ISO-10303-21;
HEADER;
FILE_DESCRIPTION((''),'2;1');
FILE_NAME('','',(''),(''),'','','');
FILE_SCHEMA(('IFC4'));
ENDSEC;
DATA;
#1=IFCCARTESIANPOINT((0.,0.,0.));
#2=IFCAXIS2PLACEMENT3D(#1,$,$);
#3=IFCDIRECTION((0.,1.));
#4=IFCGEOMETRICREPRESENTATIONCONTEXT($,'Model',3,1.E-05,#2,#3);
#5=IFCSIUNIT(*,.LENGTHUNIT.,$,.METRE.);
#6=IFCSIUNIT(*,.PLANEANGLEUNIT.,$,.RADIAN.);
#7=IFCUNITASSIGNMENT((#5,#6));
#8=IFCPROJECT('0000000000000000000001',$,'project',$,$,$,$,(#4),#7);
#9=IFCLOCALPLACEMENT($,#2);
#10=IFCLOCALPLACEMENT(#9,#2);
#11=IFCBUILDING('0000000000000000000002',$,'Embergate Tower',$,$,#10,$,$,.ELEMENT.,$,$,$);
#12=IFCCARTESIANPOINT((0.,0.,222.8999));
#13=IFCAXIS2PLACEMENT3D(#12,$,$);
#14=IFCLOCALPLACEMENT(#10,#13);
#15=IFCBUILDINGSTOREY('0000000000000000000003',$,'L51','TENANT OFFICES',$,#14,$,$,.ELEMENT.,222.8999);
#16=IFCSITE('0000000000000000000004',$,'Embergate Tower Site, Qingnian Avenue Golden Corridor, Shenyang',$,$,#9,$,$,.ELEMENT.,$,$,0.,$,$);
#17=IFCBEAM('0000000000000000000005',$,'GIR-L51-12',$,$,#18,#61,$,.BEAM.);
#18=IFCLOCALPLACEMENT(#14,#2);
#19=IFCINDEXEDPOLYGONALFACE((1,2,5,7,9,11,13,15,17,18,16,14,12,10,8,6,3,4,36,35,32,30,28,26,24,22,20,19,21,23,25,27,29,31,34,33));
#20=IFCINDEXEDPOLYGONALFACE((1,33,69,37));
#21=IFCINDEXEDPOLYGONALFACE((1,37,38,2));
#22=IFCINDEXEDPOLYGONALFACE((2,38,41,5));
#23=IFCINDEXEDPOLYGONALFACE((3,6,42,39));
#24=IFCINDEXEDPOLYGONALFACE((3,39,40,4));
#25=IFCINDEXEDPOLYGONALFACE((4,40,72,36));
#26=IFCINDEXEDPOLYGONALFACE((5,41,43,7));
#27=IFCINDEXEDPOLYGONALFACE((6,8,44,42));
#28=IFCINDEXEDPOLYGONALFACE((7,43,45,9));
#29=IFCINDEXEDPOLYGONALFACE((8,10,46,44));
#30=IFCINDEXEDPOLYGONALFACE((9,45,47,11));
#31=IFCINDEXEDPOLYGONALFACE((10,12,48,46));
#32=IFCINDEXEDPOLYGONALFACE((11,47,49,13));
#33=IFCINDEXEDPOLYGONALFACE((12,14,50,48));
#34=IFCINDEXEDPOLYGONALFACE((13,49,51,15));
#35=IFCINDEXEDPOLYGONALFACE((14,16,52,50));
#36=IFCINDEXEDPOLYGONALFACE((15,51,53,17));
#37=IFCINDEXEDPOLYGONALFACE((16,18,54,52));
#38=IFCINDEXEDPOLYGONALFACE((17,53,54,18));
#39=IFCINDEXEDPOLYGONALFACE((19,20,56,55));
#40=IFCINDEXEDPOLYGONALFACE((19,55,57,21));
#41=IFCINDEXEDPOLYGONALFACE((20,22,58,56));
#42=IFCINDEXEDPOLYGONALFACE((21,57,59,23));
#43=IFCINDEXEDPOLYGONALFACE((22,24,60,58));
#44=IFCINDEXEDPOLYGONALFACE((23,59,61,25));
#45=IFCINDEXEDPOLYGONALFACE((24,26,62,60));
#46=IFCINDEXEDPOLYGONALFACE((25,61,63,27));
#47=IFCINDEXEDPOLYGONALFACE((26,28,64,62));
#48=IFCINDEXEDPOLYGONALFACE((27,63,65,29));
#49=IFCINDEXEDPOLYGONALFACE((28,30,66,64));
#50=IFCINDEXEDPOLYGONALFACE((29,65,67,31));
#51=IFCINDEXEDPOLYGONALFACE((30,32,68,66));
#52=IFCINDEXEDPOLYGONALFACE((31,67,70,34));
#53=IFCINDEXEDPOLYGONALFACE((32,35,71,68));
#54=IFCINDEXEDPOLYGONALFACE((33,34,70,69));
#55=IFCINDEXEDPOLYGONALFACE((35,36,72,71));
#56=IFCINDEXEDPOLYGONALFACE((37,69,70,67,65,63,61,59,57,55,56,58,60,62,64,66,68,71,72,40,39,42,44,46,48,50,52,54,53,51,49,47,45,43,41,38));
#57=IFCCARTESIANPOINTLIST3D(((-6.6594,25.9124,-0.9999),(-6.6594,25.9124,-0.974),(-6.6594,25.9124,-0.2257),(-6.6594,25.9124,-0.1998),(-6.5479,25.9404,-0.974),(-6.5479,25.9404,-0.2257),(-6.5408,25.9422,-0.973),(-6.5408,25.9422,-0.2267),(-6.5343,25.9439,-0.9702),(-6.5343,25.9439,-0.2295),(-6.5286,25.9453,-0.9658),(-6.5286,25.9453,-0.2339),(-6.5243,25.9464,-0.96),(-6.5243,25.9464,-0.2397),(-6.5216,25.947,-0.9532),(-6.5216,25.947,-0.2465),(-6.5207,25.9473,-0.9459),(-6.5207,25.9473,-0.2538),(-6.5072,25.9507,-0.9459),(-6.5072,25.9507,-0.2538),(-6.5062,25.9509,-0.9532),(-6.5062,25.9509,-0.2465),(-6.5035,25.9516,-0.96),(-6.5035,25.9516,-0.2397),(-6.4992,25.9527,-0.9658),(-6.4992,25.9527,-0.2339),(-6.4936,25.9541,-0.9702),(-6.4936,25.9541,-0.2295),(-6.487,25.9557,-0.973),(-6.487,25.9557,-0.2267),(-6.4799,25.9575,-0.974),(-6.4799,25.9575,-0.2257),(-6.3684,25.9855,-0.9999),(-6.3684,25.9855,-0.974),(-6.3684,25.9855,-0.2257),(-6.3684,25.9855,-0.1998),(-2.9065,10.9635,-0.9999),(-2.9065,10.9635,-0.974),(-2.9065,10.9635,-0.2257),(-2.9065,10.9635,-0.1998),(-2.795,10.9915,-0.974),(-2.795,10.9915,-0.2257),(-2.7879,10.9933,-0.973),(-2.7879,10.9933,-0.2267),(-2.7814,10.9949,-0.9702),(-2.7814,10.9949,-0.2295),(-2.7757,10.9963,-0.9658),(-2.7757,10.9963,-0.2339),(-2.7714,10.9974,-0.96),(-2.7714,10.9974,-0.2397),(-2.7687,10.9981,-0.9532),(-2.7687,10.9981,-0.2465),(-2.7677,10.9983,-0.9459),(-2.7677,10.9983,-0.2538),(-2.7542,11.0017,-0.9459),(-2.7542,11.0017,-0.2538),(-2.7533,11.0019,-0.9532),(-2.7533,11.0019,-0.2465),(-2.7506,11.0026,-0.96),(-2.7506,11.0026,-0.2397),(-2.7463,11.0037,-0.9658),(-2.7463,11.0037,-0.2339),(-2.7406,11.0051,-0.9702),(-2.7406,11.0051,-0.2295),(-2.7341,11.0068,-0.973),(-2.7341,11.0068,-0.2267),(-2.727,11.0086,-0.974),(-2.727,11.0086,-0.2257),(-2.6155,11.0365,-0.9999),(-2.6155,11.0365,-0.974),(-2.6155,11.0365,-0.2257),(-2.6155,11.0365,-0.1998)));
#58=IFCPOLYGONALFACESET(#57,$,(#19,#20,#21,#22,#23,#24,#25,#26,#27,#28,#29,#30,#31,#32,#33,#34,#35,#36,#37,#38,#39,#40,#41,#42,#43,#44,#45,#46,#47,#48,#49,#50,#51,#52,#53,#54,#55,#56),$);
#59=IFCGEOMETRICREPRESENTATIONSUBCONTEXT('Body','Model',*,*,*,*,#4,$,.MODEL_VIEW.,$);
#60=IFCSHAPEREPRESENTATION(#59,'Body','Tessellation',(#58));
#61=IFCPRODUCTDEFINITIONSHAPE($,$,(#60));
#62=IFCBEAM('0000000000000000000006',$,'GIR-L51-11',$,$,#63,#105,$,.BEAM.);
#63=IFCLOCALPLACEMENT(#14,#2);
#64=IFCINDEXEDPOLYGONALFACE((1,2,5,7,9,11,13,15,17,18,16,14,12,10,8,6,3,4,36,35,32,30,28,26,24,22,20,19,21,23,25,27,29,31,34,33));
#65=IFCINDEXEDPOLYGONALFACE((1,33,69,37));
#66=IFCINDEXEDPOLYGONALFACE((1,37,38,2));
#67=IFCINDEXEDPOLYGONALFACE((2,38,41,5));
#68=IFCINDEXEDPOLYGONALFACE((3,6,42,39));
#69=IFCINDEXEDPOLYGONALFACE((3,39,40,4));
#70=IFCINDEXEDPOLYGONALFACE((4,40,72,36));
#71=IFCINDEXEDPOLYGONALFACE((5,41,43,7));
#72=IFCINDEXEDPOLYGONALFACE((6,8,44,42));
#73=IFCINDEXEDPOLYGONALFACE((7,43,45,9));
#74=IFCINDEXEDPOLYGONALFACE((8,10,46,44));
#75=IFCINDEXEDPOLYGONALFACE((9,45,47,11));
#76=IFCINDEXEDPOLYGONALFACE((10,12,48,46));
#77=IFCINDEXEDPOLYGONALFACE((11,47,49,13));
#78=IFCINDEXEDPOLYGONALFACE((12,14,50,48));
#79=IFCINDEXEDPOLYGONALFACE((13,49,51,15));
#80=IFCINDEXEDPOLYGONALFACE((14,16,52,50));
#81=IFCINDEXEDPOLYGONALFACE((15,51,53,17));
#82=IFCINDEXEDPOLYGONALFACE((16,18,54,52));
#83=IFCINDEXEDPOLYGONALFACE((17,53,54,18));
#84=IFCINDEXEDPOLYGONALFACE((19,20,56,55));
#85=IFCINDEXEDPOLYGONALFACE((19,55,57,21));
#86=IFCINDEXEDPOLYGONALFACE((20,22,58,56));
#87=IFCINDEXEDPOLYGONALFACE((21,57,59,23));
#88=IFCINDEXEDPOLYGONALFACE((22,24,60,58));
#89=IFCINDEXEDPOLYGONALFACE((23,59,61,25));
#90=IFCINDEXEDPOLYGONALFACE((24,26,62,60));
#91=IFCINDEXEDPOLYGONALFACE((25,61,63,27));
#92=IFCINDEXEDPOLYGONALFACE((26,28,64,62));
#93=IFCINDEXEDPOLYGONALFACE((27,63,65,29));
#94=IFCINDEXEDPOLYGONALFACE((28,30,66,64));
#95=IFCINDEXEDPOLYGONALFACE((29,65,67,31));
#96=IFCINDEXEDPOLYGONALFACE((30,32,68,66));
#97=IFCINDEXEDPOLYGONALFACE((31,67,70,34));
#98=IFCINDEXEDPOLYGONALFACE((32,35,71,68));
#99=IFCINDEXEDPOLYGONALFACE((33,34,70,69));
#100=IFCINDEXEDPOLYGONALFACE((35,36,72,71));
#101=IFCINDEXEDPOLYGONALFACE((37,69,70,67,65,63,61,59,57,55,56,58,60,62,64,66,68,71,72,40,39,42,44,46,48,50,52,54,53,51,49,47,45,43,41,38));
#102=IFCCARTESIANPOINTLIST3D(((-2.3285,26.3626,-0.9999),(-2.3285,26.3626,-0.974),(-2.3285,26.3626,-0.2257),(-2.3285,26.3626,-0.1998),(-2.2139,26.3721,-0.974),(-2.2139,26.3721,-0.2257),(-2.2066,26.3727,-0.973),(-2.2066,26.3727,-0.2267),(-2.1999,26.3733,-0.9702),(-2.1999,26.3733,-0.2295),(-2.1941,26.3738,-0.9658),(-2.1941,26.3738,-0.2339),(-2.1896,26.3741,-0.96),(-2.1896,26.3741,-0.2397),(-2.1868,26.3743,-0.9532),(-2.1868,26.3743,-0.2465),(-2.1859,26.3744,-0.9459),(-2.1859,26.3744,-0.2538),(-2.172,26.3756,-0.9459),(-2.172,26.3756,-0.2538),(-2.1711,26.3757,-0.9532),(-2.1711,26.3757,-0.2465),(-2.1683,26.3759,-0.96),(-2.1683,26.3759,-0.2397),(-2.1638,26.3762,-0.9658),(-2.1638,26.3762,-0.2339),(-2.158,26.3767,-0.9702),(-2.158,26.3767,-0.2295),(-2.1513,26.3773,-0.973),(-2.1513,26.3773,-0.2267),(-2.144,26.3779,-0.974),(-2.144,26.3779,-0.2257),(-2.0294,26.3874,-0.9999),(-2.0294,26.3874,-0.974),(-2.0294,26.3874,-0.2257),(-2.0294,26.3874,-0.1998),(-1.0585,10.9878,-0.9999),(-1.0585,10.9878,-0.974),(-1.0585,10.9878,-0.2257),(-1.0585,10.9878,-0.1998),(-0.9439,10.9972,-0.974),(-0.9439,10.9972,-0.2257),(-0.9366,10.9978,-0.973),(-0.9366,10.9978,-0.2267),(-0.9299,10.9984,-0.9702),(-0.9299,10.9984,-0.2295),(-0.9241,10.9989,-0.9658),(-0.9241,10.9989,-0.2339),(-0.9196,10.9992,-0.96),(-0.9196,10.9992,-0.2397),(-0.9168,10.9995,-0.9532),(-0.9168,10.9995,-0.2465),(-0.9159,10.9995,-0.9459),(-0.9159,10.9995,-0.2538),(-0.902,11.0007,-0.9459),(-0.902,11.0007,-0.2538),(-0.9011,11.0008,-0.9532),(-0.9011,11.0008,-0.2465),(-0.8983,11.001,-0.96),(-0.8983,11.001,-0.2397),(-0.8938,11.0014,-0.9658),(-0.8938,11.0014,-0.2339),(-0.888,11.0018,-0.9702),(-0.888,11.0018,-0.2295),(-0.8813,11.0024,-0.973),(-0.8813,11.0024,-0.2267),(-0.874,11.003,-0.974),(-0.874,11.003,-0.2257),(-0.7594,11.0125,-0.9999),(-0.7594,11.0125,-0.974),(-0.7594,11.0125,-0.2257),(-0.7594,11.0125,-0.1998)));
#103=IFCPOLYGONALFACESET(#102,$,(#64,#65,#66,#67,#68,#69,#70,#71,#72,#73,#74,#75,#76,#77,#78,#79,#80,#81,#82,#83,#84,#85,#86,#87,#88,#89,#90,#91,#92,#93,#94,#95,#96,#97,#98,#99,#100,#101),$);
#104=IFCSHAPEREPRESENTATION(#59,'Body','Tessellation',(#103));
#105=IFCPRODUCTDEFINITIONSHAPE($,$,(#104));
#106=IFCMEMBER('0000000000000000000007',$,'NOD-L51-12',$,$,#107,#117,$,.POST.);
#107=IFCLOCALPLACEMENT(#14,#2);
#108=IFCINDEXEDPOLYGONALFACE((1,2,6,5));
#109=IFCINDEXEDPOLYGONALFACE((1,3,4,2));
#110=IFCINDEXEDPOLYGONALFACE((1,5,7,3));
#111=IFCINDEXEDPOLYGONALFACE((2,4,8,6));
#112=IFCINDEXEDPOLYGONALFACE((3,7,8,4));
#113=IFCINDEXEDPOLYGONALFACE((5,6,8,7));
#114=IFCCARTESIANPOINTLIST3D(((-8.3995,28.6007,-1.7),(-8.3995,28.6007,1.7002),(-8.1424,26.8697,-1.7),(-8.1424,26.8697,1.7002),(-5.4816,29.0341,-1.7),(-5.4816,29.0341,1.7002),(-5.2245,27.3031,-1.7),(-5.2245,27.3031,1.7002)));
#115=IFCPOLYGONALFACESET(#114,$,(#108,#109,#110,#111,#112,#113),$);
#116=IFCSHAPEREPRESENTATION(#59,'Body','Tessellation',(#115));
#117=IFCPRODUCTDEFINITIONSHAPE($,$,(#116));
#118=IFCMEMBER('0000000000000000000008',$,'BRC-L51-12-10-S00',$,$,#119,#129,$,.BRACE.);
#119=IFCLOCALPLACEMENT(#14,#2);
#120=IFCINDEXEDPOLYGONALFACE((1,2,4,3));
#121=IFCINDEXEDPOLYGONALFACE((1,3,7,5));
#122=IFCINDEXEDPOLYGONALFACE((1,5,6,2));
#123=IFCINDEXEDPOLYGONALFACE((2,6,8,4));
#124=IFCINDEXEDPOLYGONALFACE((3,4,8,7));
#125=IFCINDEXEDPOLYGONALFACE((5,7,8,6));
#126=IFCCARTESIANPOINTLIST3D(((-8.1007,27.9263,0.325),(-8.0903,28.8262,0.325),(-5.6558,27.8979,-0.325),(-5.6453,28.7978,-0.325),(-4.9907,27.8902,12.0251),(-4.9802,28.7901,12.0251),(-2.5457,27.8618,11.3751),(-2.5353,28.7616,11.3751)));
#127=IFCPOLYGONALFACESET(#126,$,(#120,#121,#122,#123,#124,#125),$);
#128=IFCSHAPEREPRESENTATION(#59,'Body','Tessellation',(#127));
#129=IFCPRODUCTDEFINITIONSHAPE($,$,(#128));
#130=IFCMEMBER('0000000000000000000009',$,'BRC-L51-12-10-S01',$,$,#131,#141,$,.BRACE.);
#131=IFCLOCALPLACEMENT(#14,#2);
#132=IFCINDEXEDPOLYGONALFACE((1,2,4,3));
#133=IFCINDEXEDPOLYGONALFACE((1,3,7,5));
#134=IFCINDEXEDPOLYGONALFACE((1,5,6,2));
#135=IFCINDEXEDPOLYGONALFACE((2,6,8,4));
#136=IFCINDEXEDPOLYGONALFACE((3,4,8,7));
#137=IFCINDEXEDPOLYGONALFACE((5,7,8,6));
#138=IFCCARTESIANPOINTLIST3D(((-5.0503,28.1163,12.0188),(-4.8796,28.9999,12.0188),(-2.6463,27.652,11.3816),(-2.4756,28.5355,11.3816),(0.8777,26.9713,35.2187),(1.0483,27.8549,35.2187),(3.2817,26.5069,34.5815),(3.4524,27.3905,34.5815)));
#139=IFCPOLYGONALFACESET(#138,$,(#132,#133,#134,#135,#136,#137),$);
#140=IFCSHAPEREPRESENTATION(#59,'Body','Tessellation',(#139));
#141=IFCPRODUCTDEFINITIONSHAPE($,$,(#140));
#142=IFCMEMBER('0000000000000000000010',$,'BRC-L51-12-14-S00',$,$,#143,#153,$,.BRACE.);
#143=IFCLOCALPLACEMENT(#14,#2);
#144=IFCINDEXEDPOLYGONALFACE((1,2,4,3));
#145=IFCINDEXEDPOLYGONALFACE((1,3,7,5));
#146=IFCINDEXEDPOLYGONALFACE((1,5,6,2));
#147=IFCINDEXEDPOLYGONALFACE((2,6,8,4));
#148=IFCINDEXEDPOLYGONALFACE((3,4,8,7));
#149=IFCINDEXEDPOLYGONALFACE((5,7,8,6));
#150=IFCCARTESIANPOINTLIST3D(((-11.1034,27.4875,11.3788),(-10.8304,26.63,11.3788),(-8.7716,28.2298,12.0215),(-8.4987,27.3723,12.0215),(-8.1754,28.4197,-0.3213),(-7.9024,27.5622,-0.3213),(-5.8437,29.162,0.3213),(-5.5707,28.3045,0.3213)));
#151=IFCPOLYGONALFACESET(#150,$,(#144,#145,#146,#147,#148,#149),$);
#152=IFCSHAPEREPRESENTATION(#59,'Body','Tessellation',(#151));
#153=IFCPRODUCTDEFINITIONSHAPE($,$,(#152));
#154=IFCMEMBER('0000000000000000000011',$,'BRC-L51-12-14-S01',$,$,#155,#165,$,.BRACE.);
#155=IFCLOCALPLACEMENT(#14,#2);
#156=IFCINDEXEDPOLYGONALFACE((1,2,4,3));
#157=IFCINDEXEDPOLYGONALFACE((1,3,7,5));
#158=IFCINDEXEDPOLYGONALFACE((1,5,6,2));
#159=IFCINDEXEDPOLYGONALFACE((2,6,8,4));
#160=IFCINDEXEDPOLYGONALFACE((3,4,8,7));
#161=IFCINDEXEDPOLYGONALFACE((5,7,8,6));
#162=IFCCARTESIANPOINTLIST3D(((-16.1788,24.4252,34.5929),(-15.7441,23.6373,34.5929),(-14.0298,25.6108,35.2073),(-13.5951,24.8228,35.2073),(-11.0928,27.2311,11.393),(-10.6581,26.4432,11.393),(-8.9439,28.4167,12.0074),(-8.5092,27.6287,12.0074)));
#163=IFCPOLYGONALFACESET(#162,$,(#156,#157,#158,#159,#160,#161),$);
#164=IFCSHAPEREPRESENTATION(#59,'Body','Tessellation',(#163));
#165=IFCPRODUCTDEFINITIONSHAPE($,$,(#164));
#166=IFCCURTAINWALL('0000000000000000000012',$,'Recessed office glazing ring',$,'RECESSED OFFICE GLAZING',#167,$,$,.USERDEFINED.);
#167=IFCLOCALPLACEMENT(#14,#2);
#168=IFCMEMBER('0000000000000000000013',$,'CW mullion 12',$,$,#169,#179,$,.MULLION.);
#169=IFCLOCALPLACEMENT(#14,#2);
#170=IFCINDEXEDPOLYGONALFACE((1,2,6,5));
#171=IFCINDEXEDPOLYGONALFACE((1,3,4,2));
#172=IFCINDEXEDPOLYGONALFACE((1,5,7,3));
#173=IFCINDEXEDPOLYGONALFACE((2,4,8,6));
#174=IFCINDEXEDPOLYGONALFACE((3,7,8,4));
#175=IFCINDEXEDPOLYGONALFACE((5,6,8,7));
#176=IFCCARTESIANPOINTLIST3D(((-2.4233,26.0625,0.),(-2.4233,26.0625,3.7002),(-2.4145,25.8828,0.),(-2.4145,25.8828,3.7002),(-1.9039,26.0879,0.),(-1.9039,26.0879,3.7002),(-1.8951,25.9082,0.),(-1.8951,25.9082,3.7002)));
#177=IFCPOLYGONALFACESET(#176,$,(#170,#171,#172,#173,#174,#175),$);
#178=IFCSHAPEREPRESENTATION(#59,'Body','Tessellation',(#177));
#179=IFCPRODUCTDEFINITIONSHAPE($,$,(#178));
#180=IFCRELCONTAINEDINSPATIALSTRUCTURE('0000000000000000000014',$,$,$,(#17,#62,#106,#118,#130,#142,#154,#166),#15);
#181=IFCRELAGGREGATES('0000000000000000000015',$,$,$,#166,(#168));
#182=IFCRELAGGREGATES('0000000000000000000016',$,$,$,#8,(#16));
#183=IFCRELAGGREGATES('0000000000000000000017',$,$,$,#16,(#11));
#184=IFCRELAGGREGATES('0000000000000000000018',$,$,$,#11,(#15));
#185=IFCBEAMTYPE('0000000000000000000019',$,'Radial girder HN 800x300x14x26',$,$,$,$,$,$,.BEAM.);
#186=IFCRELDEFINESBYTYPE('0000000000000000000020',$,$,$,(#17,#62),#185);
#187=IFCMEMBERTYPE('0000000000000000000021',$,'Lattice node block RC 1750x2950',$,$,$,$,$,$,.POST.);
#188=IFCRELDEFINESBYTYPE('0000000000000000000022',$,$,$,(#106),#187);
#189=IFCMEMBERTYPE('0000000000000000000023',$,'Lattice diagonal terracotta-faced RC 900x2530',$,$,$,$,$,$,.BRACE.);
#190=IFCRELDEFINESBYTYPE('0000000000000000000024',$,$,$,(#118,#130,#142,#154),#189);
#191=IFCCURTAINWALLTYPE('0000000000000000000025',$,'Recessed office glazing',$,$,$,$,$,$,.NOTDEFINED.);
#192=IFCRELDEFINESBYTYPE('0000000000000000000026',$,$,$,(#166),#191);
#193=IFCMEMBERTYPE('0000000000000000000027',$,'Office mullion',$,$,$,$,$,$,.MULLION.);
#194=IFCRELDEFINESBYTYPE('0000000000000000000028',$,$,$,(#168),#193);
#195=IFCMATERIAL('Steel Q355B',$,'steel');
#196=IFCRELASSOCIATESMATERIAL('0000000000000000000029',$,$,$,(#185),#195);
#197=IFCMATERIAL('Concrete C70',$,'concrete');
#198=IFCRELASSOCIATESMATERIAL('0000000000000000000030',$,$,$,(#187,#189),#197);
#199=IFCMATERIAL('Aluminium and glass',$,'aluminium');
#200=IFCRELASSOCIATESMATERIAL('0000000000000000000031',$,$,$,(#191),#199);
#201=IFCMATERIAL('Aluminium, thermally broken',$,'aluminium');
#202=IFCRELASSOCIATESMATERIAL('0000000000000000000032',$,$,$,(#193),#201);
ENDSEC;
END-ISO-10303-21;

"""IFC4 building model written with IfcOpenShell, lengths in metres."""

from ifc_helpers import new_model, si_unit, direction, frame, origin, origin_2d, place, context, subcontext, project, spatial, rectangle, i_section, extrude, source, transform, mapped, material, material_profile, profile_set, type_object, element, aggregate, save


model = new_model("IFC4")

# Units and contexts
model_context = context("Model", 3, precision=1e-05, world=origin(), true_north=direction((0.0, 1.0)))
body_context = subcontext(model_context, "Body", "Model", "MODEL_VIEW")
ifc_project = project(units=[si_unit("LENGTHUNIT", "METRE"), si_unit("PLANEANGLEUNIT", "RADIAN")], contexts=[model_context])

# Site, building, storey
site_placement = place(None, origin())
site = spatial("IfcSite", under=ifc_project, at=site_placement, Name="Embergate Tower Site, Qingnian Avenue Golden Corridor, Shenyang", CompositionType="ELEMENT", RefElevation=0.0)
building_placement = place(site_placement, origin())
building = spatial("IfcBuilding", under=site, at=building_placement, Name="Embergate Tower", CompositionType="ELEMENT")
storey_placement = place(building_placement, frame((0.0, 0.0, 222.8999)))
storey = spatial("IfcBuildingStorey", under=building, at=storey_placement, Name="L51", Description="TENANT OFFICES", CompositionType="ELEMENT", Elevation=222.8999)

# Beams
ifc_material_1 = material(Name="Steel Q355B", Category="steel")
ifc_material_profile_1 = material_profile(ifc_material_1, i_section(OverallWidth=0.3, OverallDepth=0.8, WebThickness=0.0139, FlangeThickness=0.0259, FilletRadius=0.0281, at=origin_2d()), Name="HN 800x300x14x26")
ifc_profile_set_1 = profile_set([ifc_material_profile_1], Name="Steel Q355 grade B")
beam_type_1 = type_object("IfcBeamType", Name="Radial girder HN 800x300x14x26", PredefinedType="BEAM", material=ifc_profile_set_1)
shared_shape_1 = source(origin(), body_context, "Body", "SweptSolid", [
    extrude(i_section(OverallWidth=0.3, OverallDepth=0.8, WebThickness=0.0139, FlangeThickness=0.0259, FilletRadius=0.0281, at=origin_2d()), origin(), (0.0, 0.0, 1.0), 15.4128),
])
beam_1_placement = place(storey_placement, frame((-6.5139, 25.949, -0.5999), z_axis=(0.243493, -0.969903, 0.0), x_axis=(0.969903, 0.243493, 0.0)))
element("IfcBeam", 1, at=beam_1_placement, inside=storey, type_object=beam_type_1, Name="GIR-L51-12", PredefinedType="BEAM", context=body_context, shape_type="MappedRepresentation", body=[
    mapped(shared_shape_1, transform((0.0, 0.0, 0.0))),
])
shared_shape_2 = source(origin(), body_context, "Body", "SweptSolid", [
    extrude(i_section(OverallWidth=0.3, OverallDepth=0.8, WebThickness=0.0139, FlangeThickness=0.0259, FilletRadius=0.0281, at=origin_2d()), origin(), (0.0, 0.0, 1.0), 15.4272),
])
beam_2_placement = place(storey_placement, frame((-2.179, 26.375, -0.5999), z_axis=(0.082323, -0.996606, 0.0), x_axis=(0.996606, 0.082323, 0.0)))
element("IfcBeam", 2, at=beam_2_placement, inside=storey, type_object=beam_type_1, Name="GIR-L51-11", PredefinedType="BEAM", context=body_context, shape_type="MappedRepresentation", body=[
    mapped(shared_shape_2, transform((0.0, 0.0, 0.0))),
])

# Members
ifc_material_2 = material(Name="Concrete C70", Category="concrete")
ifc_material_profile_2 = material_profile(ifc_material_2, rectangle(XDim=1.75, YDim=2.95, at=origin_2d()), Name="RC 1750x2950")
ifc_profile_set_2 = profile_set([ifc_material_profile_2], Name="Concrete C70")
member_type_1 = type_object("IfcMemberType", Name="Lattice node block RC 1750x2950", PredefinedType="POST", material=ifc_profile_set_2)
shared_shape_3 = source(origin(), body_context, "Body", "SweptSolid", [
    extrude(rectangle(XDim=1.75, YDim=2.95, at=origin_2d()), origin(), (0.0, 0.0, 1.0), 3.4001),
])
member_1_placement = place(storey_placement, frame((-6.812, 27.9519, -1.7), z_axis=(0.0, 0.0, 1.0), x_axis=(-0.146929, 0.989147, 0.0)))
element("IfcMember", 3, at=member_1_placement, inside=storey, type_object=member_type_1, Name="NOD-L51-12", PredefinedType="POST", context=body_context, shape_type="MappedRepresentation", body=[
    mapped(shared_shape_3, transform((0.0, 0.0, 0.0))),
])
ifc_material_profile_3 = material_profile(ifc_material_2, rectangle(XDim=0.8999, YDim=2.53, at=origin_2d()), Name="RC 900x2530")
ifc_profile_set_3 = profile_set([ifc_material_profile_3], Name="Concrete C70")
member_type_2 = type_object("IfcMemberType", Name="Lattice diagonal terracotta-faced RC 900x2530", PredefinedType="BRACE", material=ifc_profile_set_3)
shared_shape_4 = source(origin(), body_context, "Body", "SweptSolid", [
    extrude(rectangle(XDim=0.8999, YDim=2.53, at=origin_2d()), origin(), (0.0, 0.0, 1.0), 12.1064),
])
member_2_placement = place(storey_placement, frame((-6.873, 28.3621, 0.0), z_axis=(0.256895, -0.002985, 0.966435), x_axis=(0.011617, 0.999933, 0.0)))
element("IfcMember", 4, at=member_2_placement, inside=storey, type_object=member_type_2, Name="BRC-L51-12-10-S00", PredefinedType="BRACE", context=body_context, shape_type="MappedRepresentation", body=[
    mapped(shared_shape_4, transform((0.0, 0.0, 0.0))),
])
shared_shape_5 = source(origin(), body_context, "Body", "SweptSolid", [
    extrude(rectangle(XDim=0.8999, YDim=2.53, at=origin_2d()), origin(), (0.0, 0.0, 1.0), 23.9727),
])
member_3_placement = place(storey_placement, frame((-3.7629, 28.3259, 11.7002), z_axis=(0.247281, -0.047764, 0.967766), x_axis=(0.18965, 0.981852, 0.0)))
element("IfcMember", 5, at=member_3_placement, inside=storey, type_object=member_type_2, Name="BRC-L51-12-10-S01", PredefinedType="BRACE", context=body_context, shape_type="MappedRepresentation", body=[
    mapped(shared_shape_5, transform((0.0, 0.0, 0.0))),
])
shared_shape_6 = source(origin(), body_context, "Body", "SweptSolid", [
    extrude(rectangle(XDim=0.8999, YDim=2.53, at=origin_2d()), origin(), (0.0, 0.0, 1.0), 12.0969),
])
member_4_placement = place(storey_placement, frame((-6.873, 28.3621, 0.0), z_axis=(-0.242042, -0.077055, 0.967201), x_axis=(0.303351, -0.952879, 0.0)))
element("IfcMember", 6, at=member_4_placement, inside=storey, type_object=member_type_2, Name="BRC-L51-12-14-S00", PredefinedType="BRACE", context=body_context, shape_type="MappedRepresentation", body=[
    mapped(shared_shape_6, transform((0.0, 0.0, 0.0))),
])
shared_shape_7 = source(origin(), body_context, "Body", "SweptSolid", [
    extrude(rectangle(XDim=0.8999, YDim=2.53, at=origin_2d()), origin(), (0.0, 0.0, 1.0), 23.916),
])
member_5_placement = place(storey_placement, frame((-9.801, 27.4299, 11.7002), z_axis=(-0.212658, -0.117323, 0.970058), x_axis=(0.483061, -0.875587, 0.0)))
element("IfcMember", 7, at=member_5_placement, inside=storey, type_object=member_type_2, Name="BRC-L51-12-14-S01", PredefinedType="BRACE", context=body_context, shape_type="MappedRepresentation", body=[
    mapped(shared_shape_7, transform((0.0, 0.0, 0.0))),
])

# Curtain wall, member
ifc_material_3 = material(Name="Aluminium and glass", Category="aluminium")
curtain_wall_type = type_object("IfcCurtainWallType", Name="Recessed office glazing", PredefinedType="NOTDEFINED", material=ifc_material_3)
curtain_wall_placement = place(storey_placement, origin())
curtain_wall = element("IfcCurtainWall", 8, at=curtain_wall_placement, inside=storey, type_object=curtain_wall_type, Name="Recessed office glazing ring", ObjectType="RECESSED OFFICE GLAZING", PredefinedType="USERDEFINED")
ifc_material_4 = material(Name="Aluminium, thermally broken", Category="aluminium")
ifc_material_profile_4 = material_profile(ifc_material_4, rectangle(XDim=0.1799, YDim=0.52, at=origin_2d()), Name="AL 520x180")
ifc_profile_set_4 = profile_set([ifc_material_profile_4], Name="Aluminium, thermally broken")
member_type_3 = type_object("IfcMemberType", Name="Office mullion", PredefinedType="MULLION", material=ifc_profile_set_4)
shared_shape_8 = source(origin(), body_context, "Body", "SweptSolid", [
    extrude(rectangle(XDim=0.1799, YDim=0.52, at=origin_2d()), origin(), (0.0, 0.0, 1.0), 3.7002),
])
member_6_placement = place(storey_placement, frame((-2.1592, 25.9854, 0.0), z_axis=(0.0, 0.0, 1.0), x_axis=(0.048972, -0.9988, 0.0)))
member_6 = element("IfcMember", 9, at=member_6_placement, type_object=member_type_3, Name="CW mullion 12", PredefinedType="MULLION", context=body_context, shape_type="MappedRepresentation", body=[
    mapped(shared_shape_8, transform((0.0, 0.0, 0.0))),
])
aggregate(curtain_wall, [member_6])

save(model, "model.ifc")
